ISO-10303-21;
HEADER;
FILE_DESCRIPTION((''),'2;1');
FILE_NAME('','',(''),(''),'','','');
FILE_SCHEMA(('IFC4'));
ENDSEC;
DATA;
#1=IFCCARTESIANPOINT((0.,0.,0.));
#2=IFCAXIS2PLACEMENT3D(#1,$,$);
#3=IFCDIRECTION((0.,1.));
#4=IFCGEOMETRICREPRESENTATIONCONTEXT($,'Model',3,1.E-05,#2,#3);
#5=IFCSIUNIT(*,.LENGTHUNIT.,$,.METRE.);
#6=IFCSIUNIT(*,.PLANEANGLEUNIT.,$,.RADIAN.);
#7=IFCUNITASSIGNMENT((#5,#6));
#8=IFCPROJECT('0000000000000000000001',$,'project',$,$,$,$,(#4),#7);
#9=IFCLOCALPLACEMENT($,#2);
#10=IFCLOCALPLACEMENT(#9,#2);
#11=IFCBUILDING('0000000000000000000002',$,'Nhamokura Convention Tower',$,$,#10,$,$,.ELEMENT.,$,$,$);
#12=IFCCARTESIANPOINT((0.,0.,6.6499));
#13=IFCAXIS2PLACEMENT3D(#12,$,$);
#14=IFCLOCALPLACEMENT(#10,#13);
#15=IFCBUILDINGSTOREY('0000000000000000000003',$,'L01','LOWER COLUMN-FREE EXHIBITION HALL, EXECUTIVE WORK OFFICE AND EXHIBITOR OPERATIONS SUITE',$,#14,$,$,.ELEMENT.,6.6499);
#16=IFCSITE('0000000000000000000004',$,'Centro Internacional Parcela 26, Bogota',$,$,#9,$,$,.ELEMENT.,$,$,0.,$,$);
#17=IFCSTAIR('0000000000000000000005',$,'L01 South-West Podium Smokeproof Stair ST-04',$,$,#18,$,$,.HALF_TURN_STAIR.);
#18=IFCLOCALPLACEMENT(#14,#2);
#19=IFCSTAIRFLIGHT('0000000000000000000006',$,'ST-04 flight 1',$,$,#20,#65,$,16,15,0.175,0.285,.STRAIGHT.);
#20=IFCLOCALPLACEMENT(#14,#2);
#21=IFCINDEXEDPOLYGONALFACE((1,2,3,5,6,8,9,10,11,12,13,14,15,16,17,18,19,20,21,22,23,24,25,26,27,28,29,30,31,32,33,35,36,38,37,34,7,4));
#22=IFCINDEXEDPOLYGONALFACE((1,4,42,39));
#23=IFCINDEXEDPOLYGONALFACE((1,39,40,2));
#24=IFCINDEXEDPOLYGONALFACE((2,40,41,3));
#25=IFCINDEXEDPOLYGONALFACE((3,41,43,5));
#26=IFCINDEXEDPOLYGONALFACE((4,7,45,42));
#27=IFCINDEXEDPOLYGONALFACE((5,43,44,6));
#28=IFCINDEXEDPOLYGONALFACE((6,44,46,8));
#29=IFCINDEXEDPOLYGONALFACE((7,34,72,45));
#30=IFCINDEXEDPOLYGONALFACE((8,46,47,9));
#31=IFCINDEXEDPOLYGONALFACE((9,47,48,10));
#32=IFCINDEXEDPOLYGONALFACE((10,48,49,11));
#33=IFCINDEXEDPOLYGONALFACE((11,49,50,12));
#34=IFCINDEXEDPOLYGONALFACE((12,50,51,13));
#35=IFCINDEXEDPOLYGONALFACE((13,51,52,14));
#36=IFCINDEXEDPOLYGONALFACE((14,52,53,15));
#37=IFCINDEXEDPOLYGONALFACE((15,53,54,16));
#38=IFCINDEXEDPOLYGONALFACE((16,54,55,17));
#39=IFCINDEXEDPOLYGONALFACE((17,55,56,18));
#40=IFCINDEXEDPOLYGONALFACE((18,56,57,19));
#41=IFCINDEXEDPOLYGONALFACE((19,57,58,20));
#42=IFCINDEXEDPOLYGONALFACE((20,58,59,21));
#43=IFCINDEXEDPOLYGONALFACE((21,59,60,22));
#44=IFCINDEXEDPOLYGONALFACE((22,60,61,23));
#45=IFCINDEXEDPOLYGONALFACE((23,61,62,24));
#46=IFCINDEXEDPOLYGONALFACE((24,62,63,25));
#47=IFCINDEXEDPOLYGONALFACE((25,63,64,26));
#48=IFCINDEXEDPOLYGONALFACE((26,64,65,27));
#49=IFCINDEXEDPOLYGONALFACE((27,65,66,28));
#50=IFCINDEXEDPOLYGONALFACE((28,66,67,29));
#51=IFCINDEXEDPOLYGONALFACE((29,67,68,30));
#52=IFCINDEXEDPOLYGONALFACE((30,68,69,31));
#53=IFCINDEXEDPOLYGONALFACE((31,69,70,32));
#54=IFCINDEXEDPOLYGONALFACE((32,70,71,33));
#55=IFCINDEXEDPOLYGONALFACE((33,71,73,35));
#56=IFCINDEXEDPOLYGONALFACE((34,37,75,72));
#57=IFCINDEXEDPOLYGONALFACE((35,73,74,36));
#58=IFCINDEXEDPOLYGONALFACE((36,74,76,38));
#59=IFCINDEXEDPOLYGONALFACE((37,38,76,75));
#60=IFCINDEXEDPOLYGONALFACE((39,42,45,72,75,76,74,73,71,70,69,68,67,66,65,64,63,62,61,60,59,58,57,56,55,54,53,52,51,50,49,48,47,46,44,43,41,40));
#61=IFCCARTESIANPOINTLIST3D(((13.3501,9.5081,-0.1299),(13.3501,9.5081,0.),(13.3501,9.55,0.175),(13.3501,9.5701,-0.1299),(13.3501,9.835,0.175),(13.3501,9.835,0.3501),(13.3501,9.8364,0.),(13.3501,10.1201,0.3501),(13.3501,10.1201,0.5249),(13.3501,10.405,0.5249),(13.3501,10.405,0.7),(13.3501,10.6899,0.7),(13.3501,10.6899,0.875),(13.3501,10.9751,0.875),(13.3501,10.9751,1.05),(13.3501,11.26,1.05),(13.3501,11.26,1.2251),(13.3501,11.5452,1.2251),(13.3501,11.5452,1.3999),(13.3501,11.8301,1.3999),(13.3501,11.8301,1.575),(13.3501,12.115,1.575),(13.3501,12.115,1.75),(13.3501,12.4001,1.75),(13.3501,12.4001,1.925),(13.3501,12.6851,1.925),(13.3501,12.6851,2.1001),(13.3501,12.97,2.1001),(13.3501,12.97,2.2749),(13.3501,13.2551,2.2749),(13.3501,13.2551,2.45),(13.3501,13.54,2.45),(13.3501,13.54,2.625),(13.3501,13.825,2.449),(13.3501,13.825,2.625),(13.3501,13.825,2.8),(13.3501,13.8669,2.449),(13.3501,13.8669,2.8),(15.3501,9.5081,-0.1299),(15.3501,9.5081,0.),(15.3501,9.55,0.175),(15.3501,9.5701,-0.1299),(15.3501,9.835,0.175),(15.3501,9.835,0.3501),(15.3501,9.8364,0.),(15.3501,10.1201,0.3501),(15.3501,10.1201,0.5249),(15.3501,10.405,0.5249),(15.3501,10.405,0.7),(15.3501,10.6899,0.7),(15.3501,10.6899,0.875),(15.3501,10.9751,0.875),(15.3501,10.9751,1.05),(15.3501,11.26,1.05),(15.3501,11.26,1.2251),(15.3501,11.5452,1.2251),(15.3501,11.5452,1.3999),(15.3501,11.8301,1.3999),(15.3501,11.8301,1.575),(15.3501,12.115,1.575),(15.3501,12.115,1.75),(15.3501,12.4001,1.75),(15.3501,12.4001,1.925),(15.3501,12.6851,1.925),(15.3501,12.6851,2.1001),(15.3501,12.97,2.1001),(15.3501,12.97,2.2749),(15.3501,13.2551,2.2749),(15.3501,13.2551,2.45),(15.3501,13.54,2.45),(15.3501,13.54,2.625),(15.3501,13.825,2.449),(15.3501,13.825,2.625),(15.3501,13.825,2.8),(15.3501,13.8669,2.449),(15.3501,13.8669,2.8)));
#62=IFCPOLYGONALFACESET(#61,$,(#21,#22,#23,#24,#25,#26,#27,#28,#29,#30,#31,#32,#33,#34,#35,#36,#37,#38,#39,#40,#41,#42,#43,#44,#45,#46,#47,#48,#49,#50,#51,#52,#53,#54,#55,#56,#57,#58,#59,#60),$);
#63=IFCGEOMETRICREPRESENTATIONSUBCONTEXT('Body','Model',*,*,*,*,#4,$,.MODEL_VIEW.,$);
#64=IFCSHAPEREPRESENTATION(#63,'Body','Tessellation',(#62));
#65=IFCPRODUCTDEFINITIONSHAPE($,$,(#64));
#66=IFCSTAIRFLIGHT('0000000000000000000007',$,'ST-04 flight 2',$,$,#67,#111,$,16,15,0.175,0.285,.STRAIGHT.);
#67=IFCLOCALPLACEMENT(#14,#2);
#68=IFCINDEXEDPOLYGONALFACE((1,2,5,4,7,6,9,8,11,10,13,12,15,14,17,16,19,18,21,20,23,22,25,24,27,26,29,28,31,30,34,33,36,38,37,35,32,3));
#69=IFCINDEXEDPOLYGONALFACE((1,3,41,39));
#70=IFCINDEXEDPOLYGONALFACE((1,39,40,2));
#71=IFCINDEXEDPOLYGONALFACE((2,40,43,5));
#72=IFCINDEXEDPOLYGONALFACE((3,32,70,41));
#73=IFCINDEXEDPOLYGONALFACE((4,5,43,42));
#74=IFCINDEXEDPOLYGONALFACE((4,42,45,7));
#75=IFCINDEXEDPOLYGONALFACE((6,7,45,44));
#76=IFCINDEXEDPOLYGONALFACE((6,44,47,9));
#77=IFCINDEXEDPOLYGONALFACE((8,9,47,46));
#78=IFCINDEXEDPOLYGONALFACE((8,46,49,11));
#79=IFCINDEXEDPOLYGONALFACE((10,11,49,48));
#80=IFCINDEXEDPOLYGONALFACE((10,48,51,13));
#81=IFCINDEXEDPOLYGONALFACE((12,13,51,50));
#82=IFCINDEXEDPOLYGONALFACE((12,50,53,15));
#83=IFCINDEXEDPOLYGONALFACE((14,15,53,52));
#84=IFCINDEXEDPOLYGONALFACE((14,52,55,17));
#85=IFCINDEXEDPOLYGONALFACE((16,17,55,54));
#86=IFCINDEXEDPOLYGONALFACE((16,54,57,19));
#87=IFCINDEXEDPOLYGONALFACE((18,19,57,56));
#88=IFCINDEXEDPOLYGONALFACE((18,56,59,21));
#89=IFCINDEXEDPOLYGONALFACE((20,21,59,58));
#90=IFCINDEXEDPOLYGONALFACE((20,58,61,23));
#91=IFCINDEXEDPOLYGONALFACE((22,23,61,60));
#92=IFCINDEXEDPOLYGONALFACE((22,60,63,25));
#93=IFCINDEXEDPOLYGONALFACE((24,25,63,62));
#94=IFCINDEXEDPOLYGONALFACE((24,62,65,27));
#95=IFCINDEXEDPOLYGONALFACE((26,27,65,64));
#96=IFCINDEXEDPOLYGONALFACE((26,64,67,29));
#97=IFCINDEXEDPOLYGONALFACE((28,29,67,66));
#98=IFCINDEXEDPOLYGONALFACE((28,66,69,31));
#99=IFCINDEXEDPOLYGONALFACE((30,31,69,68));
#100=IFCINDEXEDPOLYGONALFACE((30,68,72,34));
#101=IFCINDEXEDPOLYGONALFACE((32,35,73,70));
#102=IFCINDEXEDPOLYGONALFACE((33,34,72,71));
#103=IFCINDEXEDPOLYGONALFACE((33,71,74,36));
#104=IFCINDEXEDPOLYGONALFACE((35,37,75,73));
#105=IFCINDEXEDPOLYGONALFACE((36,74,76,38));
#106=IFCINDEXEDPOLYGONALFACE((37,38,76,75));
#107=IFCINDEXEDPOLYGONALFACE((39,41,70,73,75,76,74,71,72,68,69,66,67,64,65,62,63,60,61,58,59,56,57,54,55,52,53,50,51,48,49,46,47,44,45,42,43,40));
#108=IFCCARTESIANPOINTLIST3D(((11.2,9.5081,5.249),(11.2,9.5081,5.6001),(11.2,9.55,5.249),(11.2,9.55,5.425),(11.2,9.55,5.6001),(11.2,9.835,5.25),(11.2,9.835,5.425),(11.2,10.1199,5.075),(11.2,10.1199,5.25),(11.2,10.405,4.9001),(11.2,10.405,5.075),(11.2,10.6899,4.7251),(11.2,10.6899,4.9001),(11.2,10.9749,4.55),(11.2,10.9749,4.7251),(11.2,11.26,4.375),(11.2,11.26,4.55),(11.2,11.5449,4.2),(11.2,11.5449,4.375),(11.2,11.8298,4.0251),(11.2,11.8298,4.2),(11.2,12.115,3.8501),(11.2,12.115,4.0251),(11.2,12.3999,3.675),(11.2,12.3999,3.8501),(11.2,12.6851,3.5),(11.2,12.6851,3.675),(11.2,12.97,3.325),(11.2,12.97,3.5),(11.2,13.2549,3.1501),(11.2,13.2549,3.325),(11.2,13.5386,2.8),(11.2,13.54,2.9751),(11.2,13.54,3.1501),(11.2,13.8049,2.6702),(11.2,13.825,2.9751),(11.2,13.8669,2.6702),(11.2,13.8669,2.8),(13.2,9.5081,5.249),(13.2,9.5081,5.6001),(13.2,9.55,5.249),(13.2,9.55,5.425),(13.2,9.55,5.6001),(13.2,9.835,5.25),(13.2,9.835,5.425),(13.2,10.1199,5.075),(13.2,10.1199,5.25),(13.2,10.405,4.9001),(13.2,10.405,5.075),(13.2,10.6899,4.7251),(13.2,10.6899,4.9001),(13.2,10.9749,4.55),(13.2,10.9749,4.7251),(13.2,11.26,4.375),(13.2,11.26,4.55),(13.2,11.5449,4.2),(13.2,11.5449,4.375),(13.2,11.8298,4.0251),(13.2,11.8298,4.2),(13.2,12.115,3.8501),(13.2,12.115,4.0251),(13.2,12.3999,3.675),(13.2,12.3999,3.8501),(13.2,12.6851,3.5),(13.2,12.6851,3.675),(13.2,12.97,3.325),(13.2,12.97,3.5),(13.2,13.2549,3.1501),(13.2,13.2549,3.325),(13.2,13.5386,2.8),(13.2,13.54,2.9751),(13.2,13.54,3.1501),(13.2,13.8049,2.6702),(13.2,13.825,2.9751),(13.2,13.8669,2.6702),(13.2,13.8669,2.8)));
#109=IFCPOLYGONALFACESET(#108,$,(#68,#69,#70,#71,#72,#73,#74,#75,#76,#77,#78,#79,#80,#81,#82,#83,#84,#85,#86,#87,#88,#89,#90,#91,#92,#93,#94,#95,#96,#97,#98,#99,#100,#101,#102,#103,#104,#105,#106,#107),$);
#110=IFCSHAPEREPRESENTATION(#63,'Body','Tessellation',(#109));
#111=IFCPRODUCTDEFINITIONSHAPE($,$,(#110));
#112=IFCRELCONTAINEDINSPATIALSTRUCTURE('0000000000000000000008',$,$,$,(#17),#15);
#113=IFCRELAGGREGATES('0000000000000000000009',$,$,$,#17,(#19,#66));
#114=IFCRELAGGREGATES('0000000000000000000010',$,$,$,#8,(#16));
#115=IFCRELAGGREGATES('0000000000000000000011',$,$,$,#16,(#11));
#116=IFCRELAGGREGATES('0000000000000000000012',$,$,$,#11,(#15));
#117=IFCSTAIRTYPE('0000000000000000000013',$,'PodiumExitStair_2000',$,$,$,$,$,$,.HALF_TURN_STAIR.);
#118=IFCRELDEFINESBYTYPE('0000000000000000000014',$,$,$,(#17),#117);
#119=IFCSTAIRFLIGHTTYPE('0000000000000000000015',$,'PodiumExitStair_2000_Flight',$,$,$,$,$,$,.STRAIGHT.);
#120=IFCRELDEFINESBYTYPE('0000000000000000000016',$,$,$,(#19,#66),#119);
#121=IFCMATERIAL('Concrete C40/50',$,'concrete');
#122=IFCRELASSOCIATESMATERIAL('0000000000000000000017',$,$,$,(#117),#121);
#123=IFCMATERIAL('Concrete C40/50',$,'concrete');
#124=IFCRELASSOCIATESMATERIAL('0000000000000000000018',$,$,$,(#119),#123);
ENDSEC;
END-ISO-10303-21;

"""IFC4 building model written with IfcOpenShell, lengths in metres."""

from ifc_helpers import new_model, si_unit, direction, frame, origin, place, context, subcontext, project, spatial, polyline, outline, extrude, material, type_object, element, aggregate, save


model = new_model("IFC4")

# Units and contexts
model_context = context("Model", 3, precision=1e-05, world=origin(), true_north=direction((0.0, 1.0)))
body_context = subcontext(model_context, "Body", "Model", "MODEL_VIEW")
ifc_project = project(units=[si_unit("LENGTHUNIT", "METRE"), si_unit("PLANEANGLEUNIT", "RADIAN")], contexts=[model_context])

# Site, building, storey
site_placement = place(None, origin())
site = spatial("IfcSite", under=ifc_project, at=site_placement, Name="Centro Internacional Parcela 26, Bogota", CompositionType="ELEMENT", RefElevation=0.0)
building_placement = place(site_placement, origin())
building = spatial("IfcBuilding", under=site, at=building_placement, Name="Nhamokura Convention Tower", CompositionType="ELEMENT")
storey_placement = place(building_placement, frame((0.0, 0.0, 6.6499)))
storey = spatial("IfcBuildingStorey", under=building, at=storey_placement, Name="L01", Description="LOWER COLUMN-FREE EXHIBITION HALL, EXECUTIVE WORK OFFICE AND EXHIBITOR OPERATIONS SUITE", CompositionType="ELEMENT", Elevation=6.6499)

# Stair, stair flights
ifc_material_1 = material(Name="Concrete C40/50", Category="concrete")
stair_type = type_object("IfcStairType", Name="PodiumExitStair_2000", PredefinedType="HALF_TURN_STAIR", material=ifc_material_1)
stair_placement = place(storey_placement, origin())
stair = element("IfcStair", 1, at=stair_placement, inside=storey, type_object=stair_type, Name="L01 South-West Podium Smokeproof Stair ST-04", PredefinedType="HALF_TURN_STAIR")
ifc_material_2 = material(Name="Concrete C40/50", Category="concrete")
stair_flight_type = type_object("IfcStairFlightType", Name="PodiumExitStair_2000_Flight", PredefinedType="STRAIGHT", material=ifc_material_2)
stair_flight_1_placement = place(storey_placement, frame((14.3501, 9.55, 0.0), z_axis=(0.0, 0.0, 1.0), x_axis=(0.0, 1.0, 0.0)))
stair_flight_1 = element("IfcStairFlight", 2, at=stair_flight_1_placement, type_object=stair_flight_type, Name="ST-04 flight 1", NumberOfRisers=16, NumberOfTreads=15, PredefinedType="STRAIGHT", RiserHeight=0.175, TreadLength=0.285, context=body_context, shape_type="SweptSolid", body=[
    extrude(outline(polyline([(-0.042, 0.0), (0.0, 0.175), (0.2849, 0.175), (0.2849, 0.3501), (0.5701, 0.3501), (0.5701, 0.5249), (0.855, 0.5249), (0.855, 0.7), (1.1399, 0.7), (1.1399, 0.875), (1.425, 0.875), (1.425, 1.05), (1.71, 1.05), (1.71, 1.2251), (1.9951, 1.2251), (1.9951, 1.3999), (2.28, 1.3999), (2.28, 1.575), (2.5649, 1.575), (2.5649, 1.75), (2.8501, 1.75), (2.8501, 1.925), (3.135, 1.925), (3.135, 2.1001), (3.4199, 2.1001), (3.4199, 2.2749), (3.7051, 2.2749), (3.7051, 2.45), (3.99, 2.45), (3.99, 2.625), (4.2749, 2.625), (4.2749, 2.8), (4.3169, 2.8), (4.3169, 2.449), (4.2749, 2.449), (0.2864, 0.0), (0.02, -0.1299), (-0.042, -0.1299), (-0.042, 0.0)])), frame((0.0, 1.0, 0.0), z_axis=(0.0, -1.0, 0.0), x_axis=(1.0, 0.0, 0.0)), (0.0, 0.0, 1.0), 2.0),
])
stair_flight_2_placement = place(storey_placement, frame((12.2, 13.825, 2.8), z_axis=(0.0, 0.0, 1.0), x_axis=(0.0, -1.0, 0.0)))
stair_flight_2 = element("IfcStairFlight", 3, at=stair_flight_2_placement, type_object=stair_flight_type, Name="ST-04 flight 2", NumberOfRisers=16, NumberOfTreads=15, PredefinedType="STRAIGHT", RiserHeight=0.175, TreadLength=0.285, context=body_context, shape_type="SweptSolid", body=[
    extrude(outline(polyline([(-0.042, 0.0), (0.0, 0.175), (0.2849, 0.175), (0.2849, 0.3501), (0.5701, 0.3501), (0.5701, 0.5249), (0.855, 0.5249), (0.855, 0.7), (1.1399, 0.7), (1.1399, 0.875), (1.425, 0.875), (1.425, 1.05), (1.71, 1.05), (1.71, 1.2251), (1.9951, 1.2251), (1.9951, 1.3999), (2.28, 1.3999), (2.28, 1.575), (2.5649, 1.575), (2.5649, 1.75), (2.8501, 1.75), (2.8501, 1.925), (3.135, 1.925), (3.135, 2.1001), (3.4199, 2.1001), (3.4199, 2.2749), (3.7051, 2.2749), (3.7051, 2.45), (3.99, 2.45), (3.99, 2.625), (4.2749, 2.625), (4.2749, 2.8), (4.3169, 2.8), (4.3169, 2.449), (4.2749, 2.449), (0.2864, 0.0), (0.02, -0.1299), (-0.042, -0.1299), (-0.042, 0.0)])), frame((0.0, 1.0, 0.0), z_axis=(0.0, -1.0, 0.0), x_axis=(1.0, 0.0, 0.0)), (0.0, 0.0, 1.0), 2.0),
])
aggregate(stair, [stair_flight_1, stair_flight_2])

save(model, "model.ifc")
